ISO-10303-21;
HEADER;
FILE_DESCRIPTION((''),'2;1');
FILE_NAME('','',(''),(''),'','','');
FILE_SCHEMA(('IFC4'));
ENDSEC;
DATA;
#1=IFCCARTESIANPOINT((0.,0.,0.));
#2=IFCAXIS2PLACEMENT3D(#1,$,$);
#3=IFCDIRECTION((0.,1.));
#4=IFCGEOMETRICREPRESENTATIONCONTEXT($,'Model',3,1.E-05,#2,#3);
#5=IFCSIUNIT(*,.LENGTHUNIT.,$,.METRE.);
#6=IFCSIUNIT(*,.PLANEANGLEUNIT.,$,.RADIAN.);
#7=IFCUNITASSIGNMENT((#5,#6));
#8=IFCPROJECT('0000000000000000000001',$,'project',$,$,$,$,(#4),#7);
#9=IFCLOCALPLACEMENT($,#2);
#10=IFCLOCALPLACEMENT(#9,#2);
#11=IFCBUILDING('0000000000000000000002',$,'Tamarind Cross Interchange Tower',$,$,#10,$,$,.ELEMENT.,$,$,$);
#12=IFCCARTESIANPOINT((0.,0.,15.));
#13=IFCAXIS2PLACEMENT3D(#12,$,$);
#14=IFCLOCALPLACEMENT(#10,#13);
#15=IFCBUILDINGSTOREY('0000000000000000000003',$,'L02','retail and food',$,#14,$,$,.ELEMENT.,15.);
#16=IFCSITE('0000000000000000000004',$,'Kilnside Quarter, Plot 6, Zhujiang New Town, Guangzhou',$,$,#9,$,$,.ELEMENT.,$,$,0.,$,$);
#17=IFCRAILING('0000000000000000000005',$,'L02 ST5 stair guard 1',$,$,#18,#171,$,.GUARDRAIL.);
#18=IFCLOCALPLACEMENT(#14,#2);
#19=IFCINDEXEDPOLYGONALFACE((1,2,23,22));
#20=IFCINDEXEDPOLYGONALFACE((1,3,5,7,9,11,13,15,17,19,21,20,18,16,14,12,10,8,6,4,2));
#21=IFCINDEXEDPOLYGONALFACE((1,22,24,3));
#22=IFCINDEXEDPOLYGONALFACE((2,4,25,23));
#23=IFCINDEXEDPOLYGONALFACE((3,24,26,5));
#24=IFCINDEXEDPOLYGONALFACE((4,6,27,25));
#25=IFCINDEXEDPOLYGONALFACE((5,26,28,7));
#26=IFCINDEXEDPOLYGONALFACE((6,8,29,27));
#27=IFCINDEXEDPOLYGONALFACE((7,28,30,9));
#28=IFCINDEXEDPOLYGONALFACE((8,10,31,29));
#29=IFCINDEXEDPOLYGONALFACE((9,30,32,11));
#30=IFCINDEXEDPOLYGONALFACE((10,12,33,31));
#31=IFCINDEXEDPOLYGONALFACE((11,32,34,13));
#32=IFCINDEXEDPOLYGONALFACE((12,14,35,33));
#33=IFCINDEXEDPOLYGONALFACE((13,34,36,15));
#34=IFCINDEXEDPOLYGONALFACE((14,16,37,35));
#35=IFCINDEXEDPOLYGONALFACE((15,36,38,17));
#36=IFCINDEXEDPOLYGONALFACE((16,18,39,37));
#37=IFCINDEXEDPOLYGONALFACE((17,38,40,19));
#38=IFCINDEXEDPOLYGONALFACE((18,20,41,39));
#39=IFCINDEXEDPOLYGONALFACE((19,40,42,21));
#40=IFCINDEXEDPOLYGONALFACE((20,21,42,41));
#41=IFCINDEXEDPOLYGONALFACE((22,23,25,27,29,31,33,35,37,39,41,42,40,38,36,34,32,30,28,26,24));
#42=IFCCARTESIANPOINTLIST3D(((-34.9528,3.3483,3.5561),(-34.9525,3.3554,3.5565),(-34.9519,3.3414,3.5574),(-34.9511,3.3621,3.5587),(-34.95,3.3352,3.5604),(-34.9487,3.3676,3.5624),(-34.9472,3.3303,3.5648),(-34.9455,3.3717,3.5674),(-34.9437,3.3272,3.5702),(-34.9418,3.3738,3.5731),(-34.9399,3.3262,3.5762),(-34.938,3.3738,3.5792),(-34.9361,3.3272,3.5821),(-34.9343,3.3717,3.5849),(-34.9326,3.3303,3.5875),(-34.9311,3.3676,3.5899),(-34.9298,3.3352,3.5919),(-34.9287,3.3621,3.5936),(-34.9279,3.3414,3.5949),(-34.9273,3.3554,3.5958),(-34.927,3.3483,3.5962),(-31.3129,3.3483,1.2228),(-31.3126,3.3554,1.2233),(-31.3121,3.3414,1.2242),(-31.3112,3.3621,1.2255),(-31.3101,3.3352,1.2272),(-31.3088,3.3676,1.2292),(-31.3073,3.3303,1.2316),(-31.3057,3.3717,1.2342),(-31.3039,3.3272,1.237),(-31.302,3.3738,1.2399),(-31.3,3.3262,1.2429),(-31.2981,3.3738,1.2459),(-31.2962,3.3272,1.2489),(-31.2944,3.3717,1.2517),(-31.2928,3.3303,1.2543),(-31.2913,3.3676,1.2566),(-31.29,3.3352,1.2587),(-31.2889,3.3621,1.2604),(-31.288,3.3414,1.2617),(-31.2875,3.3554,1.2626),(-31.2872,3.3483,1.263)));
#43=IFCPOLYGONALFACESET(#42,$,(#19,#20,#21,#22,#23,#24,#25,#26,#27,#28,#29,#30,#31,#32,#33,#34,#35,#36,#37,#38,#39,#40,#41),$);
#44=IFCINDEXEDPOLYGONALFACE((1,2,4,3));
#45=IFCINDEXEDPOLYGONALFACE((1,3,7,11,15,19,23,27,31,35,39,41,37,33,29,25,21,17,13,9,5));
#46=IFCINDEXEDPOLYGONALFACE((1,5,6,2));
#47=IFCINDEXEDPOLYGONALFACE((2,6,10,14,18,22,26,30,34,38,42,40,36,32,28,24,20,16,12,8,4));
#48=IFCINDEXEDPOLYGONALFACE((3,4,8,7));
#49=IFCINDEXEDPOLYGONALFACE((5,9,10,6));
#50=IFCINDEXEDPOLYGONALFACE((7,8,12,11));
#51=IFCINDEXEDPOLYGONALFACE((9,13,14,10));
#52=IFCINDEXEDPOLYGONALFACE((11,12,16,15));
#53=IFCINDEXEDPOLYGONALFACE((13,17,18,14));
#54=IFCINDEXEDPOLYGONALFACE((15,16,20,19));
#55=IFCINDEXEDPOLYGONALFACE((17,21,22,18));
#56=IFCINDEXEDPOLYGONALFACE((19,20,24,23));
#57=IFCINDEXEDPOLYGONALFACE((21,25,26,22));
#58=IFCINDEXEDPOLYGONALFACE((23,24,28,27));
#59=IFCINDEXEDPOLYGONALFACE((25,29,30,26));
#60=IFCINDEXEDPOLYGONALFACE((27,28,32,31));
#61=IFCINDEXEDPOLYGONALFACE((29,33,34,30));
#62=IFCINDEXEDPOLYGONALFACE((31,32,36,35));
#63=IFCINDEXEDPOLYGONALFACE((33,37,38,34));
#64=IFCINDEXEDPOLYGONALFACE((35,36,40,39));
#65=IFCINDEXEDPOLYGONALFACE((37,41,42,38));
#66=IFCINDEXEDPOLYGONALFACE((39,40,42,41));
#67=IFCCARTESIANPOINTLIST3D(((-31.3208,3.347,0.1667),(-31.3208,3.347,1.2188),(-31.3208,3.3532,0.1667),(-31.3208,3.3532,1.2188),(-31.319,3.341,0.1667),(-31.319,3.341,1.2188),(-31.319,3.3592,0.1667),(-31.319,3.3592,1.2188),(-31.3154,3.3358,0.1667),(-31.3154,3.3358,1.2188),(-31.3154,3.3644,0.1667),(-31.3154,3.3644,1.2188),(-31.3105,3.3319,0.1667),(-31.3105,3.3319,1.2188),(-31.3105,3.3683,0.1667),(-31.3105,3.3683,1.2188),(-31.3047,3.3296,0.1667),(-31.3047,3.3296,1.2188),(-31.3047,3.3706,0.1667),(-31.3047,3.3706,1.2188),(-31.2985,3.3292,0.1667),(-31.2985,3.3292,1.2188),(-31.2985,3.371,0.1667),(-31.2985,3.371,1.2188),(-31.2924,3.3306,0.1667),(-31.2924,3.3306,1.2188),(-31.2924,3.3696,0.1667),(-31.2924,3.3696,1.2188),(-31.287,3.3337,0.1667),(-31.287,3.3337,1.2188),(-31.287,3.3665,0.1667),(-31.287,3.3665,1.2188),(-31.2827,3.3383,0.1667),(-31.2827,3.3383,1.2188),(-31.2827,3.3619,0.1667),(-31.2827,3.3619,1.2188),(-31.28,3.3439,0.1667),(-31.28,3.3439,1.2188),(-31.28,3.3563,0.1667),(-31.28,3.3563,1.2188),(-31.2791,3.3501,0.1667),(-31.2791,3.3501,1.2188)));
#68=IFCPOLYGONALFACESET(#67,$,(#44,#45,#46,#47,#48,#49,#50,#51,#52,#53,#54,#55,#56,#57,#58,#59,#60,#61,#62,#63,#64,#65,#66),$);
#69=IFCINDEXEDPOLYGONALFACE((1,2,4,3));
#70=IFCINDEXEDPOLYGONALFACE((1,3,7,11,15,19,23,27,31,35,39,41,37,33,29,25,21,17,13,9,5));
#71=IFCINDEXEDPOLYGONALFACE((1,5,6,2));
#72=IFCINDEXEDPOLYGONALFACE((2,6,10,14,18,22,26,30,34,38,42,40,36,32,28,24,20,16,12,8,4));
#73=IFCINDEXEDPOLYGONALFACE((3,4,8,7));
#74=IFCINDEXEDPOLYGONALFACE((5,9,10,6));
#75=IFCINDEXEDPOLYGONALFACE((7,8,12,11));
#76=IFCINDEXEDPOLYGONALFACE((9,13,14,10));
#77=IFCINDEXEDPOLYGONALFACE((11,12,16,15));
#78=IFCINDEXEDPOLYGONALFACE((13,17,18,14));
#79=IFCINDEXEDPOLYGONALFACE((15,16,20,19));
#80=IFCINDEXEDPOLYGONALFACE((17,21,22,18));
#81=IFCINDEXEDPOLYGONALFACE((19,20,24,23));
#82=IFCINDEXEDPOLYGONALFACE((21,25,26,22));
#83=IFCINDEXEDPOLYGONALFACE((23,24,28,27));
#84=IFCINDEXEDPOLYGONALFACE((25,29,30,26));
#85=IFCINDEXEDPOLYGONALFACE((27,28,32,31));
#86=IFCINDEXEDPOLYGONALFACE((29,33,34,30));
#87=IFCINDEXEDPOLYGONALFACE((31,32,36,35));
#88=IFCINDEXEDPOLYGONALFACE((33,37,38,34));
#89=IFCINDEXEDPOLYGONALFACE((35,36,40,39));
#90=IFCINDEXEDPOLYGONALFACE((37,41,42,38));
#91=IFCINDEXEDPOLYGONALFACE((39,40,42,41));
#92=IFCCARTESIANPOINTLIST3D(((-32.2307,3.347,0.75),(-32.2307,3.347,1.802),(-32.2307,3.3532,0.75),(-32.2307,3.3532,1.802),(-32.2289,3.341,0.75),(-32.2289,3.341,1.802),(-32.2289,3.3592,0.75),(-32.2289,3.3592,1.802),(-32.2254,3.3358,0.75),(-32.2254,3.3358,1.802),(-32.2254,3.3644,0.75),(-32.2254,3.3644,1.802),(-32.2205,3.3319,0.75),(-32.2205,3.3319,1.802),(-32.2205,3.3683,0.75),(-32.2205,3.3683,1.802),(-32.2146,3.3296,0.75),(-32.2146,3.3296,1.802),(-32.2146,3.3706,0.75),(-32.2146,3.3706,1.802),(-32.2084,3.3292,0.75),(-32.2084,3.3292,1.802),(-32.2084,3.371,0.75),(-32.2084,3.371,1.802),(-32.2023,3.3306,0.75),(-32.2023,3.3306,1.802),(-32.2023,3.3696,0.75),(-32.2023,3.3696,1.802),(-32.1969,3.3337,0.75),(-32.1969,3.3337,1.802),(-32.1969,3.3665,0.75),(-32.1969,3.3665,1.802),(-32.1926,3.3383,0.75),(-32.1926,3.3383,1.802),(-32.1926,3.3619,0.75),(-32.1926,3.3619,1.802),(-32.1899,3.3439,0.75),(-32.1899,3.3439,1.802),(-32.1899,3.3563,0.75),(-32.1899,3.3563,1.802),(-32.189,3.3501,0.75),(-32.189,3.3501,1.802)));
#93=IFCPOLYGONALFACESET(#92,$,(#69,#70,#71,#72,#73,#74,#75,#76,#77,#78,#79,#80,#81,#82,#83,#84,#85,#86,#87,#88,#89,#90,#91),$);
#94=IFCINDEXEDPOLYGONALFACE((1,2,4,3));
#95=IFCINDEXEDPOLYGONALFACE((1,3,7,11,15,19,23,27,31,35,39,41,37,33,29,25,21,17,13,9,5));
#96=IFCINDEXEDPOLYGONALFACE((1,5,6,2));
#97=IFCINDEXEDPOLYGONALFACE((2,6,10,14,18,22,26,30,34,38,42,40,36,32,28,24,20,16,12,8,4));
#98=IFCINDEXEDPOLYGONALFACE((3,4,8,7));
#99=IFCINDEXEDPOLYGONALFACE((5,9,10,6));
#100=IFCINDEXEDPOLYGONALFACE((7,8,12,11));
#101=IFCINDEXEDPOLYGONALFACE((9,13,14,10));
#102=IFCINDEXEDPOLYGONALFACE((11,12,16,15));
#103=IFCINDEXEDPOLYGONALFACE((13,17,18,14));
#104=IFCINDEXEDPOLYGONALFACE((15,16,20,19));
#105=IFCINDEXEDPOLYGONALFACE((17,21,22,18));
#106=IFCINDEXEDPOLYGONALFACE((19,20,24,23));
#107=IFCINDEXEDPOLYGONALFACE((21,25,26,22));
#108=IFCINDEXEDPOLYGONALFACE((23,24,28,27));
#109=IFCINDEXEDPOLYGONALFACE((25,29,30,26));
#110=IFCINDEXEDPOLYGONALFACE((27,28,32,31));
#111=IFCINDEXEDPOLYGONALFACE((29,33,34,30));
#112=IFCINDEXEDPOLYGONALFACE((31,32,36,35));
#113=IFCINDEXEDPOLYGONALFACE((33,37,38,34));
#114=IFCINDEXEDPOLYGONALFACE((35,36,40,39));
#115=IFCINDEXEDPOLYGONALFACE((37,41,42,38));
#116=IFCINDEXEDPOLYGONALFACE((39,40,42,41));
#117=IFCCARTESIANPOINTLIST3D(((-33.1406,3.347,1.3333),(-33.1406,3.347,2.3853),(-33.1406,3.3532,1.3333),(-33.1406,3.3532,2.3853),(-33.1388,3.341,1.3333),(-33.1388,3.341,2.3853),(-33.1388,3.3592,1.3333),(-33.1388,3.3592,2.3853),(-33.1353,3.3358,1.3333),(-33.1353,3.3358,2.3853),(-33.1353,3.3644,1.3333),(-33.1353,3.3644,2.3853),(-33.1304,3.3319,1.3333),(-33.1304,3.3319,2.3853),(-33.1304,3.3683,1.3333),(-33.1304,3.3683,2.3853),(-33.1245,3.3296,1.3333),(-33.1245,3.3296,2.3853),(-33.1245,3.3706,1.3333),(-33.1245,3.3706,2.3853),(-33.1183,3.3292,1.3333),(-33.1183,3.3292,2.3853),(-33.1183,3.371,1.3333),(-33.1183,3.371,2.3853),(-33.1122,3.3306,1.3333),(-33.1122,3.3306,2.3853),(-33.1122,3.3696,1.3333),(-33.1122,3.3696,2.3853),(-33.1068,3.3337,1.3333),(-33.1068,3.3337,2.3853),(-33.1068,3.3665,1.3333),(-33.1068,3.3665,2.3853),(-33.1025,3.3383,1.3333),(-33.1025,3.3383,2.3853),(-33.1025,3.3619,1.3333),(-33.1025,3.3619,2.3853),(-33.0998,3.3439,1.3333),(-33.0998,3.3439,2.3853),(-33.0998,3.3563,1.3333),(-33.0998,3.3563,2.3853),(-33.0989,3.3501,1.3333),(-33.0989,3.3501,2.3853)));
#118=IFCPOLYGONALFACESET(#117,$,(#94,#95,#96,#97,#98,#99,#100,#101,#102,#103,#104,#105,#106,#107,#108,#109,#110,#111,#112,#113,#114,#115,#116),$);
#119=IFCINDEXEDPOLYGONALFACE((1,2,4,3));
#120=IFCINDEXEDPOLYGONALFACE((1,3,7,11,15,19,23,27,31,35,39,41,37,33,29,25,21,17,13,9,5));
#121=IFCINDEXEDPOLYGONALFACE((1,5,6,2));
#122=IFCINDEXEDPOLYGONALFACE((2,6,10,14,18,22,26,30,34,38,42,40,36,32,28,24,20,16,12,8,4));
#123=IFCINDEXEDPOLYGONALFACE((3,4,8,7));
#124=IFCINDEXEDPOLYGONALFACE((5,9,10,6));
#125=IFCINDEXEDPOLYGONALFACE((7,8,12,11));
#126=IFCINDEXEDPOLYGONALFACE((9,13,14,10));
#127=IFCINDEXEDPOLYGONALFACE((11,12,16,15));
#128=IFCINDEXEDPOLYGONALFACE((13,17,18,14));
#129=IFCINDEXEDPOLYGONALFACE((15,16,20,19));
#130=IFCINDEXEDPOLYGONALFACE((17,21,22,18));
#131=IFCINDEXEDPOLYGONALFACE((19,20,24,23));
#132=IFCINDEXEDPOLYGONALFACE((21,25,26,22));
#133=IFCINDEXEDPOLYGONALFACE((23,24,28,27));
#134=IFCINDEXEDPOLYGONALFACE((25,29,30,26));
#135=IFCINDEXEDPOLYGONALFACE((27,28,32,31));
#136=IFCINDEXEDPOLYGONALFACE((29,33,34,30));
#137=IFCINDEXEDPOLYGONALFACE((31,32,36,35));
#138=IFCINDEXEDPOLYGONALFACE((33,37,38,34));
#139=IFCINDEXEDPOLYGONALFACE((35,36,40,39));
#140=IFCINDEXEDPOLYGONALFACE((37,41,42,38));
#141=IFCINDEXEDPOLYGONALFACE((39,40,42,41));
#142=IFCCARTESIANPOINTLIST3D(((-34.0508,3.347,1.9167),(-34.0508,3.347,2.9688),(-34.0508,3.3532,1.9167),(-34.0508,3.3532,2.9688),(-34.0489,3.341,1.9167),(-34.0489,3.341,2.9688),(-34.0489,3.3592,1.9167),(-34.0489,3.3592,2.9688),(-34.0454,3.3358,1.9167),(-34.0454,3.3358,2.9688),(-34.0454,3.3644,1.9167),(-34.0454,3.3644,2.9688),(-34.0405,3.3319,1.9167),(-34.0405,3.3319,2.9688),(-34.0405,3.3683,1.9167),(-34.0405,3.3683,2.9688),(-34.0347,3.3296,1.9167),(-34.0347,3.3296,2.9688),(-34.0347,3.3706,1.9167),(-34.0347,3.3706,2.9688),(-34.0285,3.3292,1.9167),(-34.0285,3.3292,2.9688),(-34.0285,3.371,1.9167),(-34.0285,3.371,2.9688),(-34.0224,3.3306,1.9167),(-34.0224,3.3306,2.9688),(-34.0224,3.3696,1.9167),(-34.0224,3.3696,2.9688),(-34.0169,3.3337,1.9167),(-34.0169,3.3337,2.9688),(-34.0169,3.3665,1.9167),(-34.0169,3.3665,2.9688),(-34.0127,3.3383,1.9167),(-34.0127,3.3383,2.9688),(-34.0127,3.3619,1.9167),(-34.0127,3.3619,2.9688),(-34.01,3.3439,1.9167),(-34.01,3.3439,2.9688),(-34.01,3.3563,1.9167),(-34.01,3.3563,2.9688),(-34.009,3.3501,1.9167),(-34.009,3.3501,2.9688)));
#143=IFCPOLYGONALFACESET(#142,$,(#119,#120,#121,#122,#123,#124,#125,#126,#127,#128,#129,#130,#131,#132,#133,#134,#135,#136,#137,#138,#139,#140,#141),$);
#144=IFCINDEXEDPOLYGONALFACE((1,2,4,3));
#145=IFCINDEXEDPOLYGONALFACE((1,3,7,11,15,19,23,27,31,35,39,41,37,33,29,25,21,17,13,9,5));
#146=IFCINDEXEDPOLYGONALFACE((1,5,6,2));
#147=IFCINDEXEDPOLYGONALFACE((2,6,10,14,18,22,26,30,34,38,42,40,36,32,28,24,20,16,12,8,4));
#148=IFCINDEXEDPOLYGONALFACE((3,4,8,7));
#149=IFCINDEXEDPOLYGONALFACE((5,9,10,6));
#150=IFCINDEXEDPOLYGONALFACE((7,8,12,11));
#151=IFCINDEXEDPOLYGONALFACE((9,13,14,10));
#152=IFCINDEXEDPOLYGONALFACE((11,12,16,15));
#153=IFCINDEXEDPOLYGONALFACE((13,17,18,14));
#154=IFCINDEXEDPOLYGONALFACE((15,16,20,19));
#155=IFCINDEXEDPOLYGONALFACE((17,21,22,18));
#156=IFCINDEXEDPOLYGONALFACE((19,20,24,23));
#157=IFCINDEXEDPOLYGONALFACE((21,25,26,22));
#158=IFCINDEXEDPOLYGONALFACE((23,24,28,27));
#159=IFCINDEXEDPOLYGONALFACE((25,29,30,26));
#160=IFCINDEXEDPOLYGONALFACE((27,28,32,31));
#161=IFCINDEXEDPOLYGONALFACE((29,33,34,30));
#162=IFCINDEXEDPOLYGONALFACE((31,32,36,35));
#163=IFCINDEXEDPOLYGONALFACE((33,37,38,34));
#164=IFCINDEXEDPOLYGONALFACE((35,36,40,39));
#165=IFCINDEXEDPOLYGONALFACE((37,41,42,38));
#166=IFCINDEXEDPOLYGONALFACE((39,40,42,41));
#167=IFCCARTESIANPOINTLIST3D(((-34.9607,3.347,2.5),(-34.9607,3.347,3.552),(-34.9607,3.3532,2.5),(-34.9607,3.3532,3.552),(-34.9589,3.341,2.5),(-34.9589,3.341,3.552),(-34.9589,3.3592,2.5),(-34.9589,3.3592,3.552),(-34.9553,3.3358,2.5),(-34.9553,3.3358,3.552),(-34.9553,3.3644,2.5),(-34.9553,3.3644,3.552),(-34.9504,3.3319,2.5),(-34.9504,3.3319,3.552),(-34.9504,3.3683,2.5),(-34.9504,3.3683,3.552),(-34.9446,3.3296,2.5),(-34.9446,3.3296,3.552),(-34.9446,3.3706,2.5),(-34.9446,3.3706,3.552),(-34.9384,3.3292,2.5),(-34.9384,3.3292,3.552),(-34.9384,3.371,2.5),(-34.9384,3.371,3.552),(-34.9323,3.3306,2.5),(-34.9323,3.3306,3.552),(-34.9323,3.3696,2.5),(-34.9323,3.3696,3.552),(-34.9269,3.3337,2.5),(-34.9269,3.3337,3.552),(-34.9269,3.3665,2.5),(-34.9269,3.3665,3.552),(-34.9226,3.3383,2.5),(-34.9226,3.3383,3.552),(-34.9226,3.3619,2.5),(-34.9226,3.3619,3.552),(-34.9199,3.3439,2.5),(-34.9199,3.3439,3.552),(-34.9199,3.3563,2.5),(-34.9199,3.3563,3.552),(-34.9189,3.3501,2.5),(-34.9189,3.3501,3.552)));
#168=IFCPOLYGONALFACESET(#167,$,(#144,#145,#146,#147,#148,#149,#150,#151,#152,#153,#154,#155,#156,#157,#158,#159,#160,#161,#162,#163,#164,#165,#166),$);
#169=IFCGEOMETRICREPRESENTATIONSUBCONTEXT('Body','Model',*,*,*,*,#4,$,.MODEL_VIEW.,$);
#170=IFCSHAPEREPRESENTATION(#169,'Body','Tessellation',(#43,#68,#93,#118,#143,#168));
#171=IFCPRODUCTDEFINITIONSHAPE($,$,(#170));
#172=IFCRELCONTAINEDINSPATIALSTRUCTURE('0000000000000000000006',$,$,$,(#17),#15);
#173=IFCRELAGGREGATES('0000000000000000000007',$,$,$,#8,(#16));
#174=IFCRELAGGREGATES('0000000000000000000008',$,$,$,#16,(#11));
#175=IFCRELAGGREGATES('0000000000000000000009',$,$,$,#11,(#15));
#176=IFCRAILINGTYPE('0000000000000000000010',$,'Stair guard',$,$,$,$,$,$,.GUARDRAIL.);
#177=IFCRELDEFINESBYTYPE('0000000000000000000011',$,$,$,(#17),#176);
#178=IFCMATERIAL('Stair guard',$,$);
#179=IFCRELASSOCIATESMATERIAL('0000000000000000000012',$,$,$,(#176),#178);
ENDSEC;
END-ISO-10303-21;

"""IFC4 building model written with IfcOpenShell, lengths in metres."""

from ifc_helpers import new_model, si_unit, direction, frame, origin, origin_2d, place, context, subcontext, project, spatial, circle, extrude, material, type_object, element, save


model = new_model("IFC4")

# Units and contexts
model_context = context("Model", 3, precision=1e-05, world=origin(), true_north=direction((0.0, 1.0)))
body_context = subcontext(model_context, "Body", "Model", "MODEL_VIEW")
ifc_project = project(units=[si_unit("LENGTHUNIT", "METRE"), si_unit("PLANEANGLEUNIT", "RADIAN")], contexts=[model_context])

# Site, building, storey
site_placement = place(None, origin())
site = spatial("IfcSite", under=ifc_project, at=site_placement, Name="Kilnside Quarter, Plot 6, Zhujiang New Town, Guangzhou", CompositionType="ELEMENT", RefElevation=0.0)
building_placement = place(site_placement, origin())
building = spatial("IfcBuilding", under=site, at=building_placement, Name="Tamarind Cross Interchange Tower", CompositionType="ELEMENT")
storey_placement = place(building_placement, frame((0.0, 0.0, 15.0)))
storey = spatial("IfcBuildingStorey", under=building, at=storey_placement, Name="L02", Description="retail and food", CompositionType="ELEMENT", Elevation=15.0)

# Railing
ifc_material_1 = material(Name="Stair guard")
railing_type_1 = type_object("IfcRailingType", Name="Stair guard", PredefinedType="GUARDRAIL", material=ifc_material_1)
railing_1_placement = place(storey_placement, frame((-31.3, 3.3501, 0.1667)))
element("IfcRailing", 1, at=railing_1_placement, inside=storey, type_object=railing_type_1, Name="L02 ST5 stair guard 1", PredefinedType="GUARDRAIL", context=body_context, shape_type="SweptSolid", body=[
    extrude(circle(Radius=0.0239, at=origin_2d()), frame((0.0, 0.0, 1.0762), z_axis=(-0.84188, 0.0, 0.539664), x_axis=(0.0, -1.0, 0.0)), (0.0, 0.0, 1.0), 4.3235),
    extrude(circle(Radius=0.021, at=origin_2d()), origin(), (0.0, 0.0, 1.0), 1.052),
    extrude(circle(Radius=0.021, at=origin_2d()), frame((-0.9099, 0.0, 0.5833)), (0.0, 0.0, 1.0), 1.052),
    extrude(circle(Radius=0.021, at=origin_2d()), frame((-1.8198, 0.0, 1.1665)), (0.0, 0.0, 1.0), 1.052),
    extrude(circle(Radius=0.021, at=origin_2d()), frame((-2.73, 0.0, 1.75)), (0.0, 0.0, 1.0), 1.052),
    extrude(circle(Radius=0.021, at=origin_2d()), frame((-3.6399, 0.0, 2.3333)), (0.0, 0.0, 1.0), 1.052),
])

save(model, "model.ifc")
